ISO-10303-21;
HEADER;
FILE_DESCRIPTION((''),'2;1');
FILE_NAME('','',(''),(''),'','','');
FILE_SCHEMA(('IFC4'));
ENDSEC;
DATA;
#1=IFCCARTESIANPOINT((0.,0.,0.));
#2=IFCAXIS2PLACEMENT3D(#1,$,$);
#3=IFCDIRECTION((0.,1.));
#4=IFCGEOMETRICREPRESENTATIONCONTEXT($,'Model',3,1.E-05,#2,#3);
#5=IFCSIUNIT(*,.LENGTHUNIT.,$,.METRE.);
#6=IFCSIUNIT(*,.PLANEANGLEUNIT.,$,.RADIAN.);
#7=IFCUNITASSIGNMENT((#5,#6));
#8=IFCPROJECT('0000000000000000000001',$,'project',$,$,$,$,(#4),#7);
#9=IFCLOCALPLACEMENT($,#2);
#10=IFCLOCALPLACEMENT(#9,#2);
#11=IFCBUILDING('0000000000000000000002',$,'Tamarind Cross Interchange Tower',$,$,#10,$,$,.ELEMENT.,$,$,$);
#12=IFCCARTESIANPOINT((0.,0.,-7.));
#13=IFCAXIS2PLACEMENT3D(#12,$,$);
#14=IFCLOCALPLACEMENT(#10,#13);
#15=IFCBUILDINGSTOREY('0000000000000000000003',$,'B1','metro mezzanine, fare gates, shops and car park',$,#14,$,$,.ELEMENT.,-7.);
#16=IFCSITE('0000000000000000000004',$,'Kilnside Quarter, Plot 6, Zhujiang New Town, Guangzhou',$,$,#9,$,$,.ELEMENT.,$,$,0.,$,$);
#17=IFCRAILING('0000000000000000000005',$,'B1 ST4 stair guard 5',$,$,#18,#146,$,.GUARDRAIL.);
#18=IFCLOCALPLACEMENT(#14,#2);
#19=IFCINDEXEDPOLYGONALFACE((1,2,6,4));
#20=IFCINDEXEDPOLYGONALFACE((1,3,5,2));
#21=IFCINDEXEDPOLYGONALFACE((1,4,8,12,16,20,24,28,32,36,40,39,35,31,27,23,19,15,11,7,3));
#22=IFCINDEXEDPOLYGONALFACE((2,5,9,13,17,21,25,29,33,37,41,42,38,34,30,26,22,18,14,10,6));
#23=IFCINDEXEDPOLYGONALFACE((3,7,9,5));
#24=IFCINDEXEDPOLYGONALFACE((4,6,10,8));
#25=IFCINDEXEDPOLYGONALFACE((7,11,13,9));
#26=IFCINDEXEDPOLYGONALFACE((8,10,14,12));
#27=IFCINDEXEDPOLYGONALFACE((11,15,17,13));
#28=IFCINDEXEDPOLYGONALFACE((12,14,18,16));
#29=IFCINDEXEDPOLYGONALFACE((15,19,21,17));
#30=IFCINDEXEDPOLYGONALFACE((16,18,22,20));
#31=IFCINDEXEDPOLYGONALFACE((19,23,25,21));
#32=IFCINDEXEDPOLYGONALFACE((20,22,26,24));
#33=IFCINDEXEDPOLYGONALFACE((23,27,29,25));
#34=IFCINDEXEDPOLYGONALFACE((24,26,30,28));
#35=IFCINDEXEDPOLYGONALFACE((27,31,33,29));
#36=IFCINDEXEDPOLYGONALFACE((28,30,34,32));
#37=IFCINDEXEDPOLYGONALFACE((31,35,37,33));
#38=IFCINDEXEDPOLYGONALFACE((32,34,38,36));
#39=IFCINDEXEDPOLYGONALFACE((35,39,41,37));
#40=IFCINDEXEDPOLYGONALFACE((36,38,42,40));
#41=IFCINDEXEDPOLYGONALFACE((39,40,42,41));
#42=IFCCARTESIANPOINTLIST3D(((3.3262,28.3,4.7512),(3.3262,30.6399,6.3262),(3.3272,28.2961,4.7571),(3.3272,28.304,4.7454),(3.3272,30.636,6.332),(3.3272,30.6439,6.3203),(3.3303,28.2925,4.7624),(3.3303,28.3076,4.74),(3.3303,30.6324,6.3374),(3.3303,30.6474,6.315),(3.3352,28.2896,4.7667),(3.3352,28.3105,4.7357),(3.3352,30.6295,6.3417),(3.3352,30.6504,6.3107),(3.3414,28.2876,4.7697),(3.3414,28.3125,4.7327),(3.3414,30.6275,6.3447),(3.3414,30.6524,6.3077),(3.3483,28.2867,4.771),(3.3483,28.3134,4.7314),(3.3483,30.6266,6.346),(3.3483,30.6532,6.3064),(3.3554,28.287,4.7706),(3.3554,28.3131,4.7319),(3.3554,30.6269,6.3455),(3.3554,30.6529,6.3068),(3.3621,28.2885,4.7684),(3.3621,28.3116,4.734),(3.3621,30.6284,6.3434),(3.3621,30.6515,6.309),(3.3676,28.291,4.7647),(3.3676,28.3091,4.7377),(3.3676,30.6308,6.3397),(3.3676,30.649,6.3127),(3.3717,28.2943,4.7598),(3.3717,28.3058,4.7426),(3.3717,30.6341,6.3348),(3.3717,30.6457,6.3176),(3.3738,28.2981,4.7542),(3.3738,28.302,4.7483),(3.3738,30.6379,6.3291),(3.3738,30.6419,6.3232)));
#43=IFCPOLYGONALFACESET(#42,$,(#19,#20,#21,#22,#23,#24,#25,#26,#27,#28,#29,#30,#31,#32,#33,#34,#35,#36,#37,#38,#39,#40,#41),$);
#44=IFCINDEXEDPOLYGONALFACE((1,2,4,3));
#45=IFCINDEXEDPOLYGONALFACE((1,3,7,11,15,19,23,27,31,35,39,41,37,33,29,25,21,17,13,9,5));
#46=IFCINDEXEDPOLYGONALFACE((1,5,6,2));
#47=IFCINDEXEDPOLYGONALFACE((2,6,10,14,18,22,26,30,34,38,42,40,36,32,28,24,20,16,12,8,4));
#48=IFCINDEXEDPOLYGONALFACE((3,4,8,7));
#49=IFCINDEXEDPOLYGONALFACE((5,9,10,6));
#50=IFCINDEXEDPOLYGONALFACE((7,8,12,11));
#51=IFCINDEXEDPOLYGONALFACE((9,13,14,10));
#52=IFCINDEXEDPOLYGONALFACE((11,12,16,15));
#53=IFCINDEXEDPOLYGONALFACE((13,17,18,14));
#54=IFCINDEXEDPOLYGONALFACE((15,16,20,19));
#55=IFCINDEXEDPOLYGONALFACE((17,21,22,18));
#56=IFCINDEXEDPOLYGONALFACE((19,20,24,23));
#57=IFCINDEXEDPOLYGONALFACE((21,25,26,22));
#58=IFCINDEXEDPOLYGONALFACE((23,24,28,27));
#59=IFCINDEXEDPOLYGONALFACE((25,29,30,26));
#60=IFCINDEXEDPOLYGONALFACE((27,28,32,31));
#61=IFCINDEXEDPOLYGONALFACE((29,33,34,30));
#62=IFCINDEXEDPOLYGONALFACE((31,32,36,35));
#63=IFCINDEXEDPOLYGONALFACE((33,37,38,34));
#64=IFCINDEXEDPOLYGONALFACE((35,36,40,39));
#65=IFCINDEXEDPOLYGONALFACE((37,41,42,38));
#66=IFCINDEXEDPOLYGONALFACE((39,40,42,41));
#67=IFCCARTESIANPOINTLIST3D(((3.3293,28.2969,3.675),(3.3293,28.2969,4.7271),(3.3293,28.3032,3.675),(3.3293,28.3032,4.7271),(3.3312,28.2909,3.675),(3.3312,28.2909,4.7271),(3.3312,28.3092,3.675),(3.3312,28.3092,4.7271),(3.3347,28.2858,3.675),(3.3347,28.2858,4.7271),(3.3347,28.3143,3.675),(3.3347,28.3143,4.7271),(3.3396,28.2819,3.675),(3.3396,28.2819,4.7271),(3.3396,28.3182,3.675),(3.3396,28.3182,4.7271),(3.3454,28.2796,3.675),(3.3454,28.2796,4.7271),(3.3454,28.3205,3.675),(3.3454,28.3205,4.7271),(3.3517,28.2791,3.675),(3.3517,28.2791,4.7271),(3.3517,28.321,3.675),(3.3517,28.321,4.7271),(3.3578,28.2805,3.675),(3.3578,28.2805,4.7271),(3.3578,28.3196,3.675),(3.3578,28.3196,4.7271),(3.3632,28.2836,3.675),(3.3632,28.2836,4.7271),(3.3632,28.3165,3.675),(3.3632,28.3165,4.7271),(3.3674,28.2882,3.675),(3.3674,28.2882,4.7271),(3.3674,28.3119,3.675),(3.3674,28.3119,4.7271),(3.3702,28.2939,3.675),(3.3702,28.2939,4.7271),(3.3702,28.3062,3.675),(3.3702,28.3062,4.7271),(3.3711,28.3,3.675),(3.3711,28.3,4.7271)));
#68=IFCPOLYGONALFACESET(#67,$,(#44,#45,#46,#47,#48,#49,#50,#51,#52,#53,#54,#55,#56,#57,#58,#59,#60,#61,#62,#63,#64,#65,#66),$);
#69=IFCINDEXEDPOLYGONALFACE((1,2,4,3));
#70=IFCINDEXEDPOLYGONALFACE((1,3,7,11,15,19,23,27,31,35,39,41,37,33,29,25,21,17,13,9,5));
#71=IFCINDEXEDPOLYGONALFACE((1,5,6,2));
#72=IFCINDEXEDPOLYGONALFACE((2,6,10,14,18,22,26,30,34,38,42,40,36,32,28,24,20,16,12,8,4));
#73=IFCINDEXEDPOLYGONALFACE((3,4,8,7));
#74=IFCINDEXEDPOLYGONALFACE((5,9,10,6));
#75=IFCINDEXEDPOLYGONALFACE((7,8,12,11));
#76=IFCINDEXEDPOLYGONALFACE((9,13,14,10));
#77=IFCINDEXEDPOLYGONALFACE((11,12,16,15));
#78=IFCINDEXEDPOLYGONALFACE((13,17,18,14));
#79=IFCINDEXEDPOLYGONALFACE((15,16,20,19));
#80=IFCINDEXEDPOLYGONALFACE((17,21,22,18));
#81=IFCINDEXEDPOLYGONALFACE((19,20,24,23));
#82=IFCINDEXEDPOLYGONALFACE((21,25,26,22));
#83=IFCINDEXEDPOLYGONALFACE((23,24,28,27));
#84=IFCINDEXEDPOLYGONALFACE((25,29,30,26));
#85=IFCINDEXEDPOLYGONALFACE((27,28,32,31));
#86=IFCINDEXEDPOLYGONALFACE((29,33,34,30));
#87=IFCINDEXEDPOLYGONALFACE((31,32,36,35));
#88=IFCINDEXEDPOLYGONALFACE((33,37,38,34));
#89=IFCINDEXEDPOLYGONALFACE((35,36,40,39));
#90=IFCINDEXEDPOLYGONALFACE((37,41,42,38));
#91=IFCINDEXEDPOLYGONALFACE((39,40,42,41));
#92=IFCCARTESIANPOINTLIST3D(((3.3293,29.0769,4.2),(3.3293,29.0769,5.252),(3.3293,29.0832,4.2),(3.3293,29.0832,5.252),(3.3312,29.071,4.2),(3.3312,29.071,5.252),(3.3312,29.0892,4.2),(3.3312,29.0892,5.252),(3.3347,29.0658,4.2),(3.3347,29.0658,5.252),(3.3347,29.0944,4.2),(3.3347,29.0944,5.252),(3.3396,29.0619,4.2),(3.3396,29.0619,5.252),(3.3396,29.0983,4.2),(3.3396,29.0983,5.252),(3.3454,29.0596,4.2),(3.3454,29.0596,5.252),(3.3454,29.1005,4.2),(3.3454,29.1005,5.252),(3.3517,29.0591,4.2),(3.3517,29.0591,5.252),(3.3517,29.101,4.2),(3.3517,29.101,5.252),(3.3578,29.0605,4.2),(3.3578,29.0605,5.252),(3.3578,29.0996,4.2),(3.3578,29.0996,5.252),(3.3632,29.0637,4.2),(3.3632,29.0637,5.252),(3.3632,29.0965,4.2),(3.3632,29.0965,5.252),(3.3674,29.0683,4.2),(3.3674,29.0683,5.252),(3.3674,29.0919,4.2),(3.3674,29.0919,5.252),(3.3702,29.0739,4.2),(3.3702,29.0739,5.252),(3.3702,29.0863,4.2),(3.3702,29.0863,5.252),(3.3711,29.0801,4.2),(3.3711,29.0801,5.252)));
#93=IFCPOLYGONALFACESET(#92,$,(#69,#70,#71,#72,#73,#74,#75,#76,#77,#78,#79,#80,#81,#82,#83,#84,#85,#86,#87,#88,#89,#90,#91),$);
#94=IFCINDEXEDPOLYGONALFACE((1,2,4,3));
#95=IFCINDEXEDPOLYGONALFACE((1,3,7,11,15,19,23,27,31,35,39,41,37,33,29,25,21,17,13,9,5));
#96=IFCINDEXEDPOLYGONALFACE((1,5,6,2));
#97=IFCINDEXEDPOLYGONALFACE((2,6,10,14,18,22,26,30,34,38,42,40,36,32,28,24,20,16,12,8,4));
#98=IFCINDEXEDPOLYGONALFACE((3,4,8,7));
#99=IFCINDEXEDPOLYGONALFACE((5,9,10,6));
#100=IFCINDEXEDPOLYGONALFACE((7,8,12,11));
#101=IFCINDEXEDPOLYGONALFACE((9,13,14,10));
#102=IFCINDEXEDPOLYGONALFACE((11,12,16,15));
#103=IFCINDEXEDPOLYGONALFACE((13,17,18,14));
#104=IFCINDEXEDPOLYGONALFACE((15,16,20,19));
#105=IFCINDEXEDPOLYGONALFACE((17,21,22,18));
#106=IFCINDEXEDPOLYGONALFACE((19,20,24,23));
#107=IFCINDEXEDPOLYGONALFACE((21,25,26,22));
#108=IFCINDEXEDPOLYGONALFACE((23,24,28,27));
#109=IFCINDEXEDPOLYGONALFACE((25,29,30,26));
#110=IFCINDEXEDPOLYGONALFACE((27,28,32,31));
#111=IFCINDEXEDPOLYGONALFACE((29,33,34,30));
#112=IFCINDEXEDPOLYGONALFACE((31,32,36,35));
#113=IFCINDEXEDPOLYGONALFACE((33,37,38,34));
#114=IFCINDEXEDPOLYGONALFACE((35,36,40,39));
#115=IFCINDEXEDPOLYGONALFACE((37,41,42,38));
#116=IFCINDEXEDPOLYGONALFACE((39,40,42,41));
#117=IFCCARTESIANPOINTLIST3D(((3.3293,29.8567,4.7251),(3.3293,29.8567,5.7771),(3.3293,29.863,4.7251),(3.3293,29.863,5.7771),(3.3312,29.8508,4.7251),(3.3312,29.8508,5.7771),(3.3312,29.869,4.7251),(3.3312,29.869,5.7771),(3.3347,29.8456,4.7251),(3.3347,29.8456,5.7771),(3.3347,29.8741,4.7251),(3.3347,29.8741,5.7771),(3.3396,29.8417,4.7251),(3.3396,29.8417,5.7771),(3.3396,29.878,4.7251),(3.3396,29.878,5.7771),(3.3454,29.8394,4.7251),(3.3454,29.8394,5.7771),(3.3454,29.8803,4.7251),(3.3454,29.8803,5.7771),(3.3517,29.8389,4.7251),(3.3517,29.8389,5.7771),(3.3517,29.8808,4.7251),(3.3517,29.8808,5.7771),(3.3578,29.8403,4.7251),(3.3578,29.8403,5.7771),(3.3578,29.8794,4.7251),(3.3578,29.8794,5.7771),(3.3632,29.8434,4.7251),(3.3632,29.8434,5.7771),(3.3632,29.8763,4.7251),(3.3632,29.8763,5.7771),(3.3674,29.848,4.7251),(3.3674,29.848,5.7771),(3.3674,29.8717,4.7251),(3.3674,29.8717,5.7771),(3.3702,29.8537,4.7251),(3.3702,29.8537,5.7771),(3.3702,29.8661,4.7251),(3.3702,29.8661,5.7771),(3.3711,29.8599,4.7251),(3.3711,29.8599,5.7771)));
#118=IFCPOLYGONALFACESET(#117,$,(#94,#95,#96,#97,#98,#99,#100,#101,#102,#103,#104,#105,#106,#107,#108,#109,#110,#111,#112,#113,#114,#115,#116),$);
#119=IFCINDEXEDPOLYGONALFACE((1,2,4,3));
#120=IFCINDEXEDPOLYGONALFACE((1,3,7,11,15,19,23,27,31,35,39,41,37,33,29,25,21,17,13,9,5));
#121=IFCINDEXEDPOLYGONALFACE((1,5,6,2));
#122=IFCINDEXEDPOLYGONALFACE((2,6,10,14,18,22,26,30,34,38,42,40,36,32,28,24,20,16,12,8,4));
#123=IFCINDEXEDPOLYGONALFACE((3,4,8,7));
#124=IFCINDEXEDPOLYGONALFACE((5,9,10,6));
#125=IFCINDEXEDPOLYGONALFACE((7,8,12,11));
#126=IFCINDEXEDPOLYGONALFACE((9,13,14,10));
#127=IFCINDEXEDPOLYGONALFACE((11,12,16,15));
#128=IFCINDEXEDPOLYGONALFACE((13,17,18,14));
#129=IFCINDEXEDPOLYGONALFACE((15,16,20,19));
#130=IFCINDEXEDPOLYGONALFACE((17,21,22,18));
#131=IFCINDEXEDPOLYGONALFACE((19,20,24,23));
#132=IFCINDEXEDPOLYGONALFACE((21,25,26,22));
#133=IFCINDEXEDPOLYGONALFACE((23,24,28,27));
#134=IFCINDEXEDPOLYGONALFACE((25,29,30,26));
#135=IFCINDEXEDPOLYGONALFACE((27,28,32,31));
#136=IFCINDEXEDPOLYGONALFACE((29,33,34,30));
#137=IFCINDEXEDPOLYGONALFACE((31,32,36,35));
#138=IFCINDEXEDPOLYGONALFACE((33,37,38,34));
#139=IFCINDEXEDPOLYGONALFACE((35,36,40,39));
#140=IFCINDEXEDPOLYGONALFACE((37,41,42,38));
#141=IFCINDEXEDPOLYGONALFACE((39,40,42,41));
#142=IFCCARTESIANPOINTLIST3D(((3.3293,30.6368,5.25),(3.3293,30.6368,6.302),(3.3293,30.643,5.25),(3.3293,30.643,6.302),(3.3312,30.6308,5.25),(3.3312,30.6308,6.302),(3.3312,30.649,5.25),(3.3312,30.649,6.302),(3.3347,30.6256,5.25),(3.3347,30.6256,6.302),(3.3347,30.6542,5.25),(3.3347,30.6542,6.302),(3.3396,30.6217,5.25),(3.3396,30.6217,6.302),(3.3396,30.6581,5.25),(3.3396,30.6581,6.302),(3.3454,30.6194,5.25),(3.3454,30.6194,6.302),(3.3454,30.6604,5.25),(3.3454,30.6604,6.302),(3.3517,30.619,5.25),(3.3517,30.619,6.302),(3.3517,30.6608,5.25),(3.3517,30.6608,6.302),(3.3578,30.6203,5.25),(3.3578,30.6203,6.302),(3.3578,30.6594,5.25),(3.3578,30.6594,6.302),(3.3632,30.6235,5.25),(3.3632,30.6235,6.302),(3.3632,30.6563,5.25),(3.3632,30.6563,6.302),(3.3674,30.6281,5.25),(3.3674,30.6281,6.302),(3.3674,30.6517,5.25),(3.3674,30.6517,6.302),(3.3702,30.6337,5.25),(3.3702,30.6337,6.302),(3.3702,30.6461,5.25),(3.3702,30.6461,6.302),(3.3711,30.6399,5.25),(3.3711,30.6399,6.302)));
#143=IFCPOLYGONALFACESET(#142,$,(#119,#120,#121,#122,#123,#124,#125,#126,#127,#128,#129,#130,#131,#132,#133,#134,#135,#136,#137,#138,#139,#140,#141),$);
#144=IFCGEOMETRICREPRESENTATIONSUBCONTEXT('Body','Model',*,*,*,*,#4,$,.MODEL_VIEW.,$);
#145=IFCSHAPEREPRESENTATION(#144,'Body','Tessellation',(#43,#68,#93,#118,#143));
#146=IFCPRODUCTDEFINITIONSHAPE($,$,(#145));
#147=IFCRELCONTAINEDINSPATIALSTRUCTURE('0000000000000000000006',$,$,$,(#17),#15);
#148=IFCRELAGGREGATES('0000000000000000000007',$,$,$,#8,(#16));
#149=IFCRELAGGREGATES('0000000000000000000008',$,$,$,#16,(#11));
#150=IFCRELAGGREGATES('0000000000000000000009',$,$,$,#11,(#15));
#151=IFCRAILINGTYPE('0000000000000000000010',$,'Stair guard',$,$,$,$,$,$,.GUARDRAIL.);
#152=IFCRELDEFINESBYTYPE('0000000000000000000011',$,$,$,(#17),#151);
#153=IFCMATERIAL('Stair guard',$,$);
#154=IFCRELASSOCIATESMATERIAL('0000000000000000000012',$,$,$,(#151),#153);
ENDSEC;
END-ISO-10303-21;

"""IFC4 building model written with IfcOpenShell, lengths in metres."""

from ifc_helpers import new_model, si_unit, direction, frame, origin, origin_2d, place, context, subcontext, project, spatial, circle, extrude, material, type_object, element, save


model = new_model("IFC4")

# Units and contexts
model_context = context("Model", 3, precision=1e-05, world=origin(), true_north=direction((0.0, 1.0)))
body_context = subcontext(model_context, "Body", "Model", "MODEL_VIEW")
ifc_project = project(units=[si_unit("LENGTHUNIT", "METRE"), si_unit("PLANEANGLEUNIT", "RADIAN")], contexts=[model_context])

# Site, building, storey
site_placement = place(None, origin())
site = spatial("IfcSite", under=ifc_project, at=site_placement, Name="Kilnside Quarter, Plot 6, Zhujiang New Town, Guangzhou", CompositionType="ELEMENT", RefElevation=0.0)
building_placement = place(site_placement, origin())
building = spatial("IfcBuilding", under=site, at=building_placement, Name="Tamarind Cross Interchange Tower", CompositionType="ELEMENT")
storey_placement = place(building_placement, frame((0.0, 0.0, -7.0)))
storey = spatial("IfcBuildingStorey", under=building, at=storey_placement, Name="B1", Description="metro mezzanine, fare gates, shops and car park", CompositionType="ELEMENT", Elevation=-7.0)

# Railing
ifc_material_1 = material(Name="Stair guard")
railing_type_1 = type_object("IfcRailingType", Name="Stair guard", PredefinedType="GUARDRAIL", material=ifc_material_1)
railing_1_placement = place(storey_placement, frame((3.3501, 28.3, 3.675)))
element("IfcRailing", 1, at=railing_1_placement, inside=storey, type_object=railing_type_1, Name="B1 ST4 stair guard 5", PredefinedType="GUARDRAIL", context=body_context, shape_type="SweptSolid", body=[
    extrude(circle(Radius=0.0239, at=origin_2d()), frame((0.0, 0.0, 1.0762), z_axis=(0.0, 0.829578, 0.55839), x_axis=(-1.0, 0.0, 0.0)), (0.0, 0.0, 1.0), 2.8206),
    extrude(circle(Radius=0.021, at=origin_2d()), origin(), (0.0, 0.0, 1.0), 1.052),
    extrude(circle(Radius=0.021, at=origin_2d()), frame((0.0, 0.78, 0.5249)), (0.0, 0.0, 1.0), 1.052),
    extrude(circle(Radius=0.021, at=origin_2d()), frame((0.0, 1.5598, 1.05)), (0.0, 0.0, 1.0), 1.052),
    extrude(circle(Radius=0.021, at=origin_2d()), frame((0.0, 2.3398, 1.575)), (0.0, 0.0, 1.0), 1.052),
])

save(model, "model.ifc")
